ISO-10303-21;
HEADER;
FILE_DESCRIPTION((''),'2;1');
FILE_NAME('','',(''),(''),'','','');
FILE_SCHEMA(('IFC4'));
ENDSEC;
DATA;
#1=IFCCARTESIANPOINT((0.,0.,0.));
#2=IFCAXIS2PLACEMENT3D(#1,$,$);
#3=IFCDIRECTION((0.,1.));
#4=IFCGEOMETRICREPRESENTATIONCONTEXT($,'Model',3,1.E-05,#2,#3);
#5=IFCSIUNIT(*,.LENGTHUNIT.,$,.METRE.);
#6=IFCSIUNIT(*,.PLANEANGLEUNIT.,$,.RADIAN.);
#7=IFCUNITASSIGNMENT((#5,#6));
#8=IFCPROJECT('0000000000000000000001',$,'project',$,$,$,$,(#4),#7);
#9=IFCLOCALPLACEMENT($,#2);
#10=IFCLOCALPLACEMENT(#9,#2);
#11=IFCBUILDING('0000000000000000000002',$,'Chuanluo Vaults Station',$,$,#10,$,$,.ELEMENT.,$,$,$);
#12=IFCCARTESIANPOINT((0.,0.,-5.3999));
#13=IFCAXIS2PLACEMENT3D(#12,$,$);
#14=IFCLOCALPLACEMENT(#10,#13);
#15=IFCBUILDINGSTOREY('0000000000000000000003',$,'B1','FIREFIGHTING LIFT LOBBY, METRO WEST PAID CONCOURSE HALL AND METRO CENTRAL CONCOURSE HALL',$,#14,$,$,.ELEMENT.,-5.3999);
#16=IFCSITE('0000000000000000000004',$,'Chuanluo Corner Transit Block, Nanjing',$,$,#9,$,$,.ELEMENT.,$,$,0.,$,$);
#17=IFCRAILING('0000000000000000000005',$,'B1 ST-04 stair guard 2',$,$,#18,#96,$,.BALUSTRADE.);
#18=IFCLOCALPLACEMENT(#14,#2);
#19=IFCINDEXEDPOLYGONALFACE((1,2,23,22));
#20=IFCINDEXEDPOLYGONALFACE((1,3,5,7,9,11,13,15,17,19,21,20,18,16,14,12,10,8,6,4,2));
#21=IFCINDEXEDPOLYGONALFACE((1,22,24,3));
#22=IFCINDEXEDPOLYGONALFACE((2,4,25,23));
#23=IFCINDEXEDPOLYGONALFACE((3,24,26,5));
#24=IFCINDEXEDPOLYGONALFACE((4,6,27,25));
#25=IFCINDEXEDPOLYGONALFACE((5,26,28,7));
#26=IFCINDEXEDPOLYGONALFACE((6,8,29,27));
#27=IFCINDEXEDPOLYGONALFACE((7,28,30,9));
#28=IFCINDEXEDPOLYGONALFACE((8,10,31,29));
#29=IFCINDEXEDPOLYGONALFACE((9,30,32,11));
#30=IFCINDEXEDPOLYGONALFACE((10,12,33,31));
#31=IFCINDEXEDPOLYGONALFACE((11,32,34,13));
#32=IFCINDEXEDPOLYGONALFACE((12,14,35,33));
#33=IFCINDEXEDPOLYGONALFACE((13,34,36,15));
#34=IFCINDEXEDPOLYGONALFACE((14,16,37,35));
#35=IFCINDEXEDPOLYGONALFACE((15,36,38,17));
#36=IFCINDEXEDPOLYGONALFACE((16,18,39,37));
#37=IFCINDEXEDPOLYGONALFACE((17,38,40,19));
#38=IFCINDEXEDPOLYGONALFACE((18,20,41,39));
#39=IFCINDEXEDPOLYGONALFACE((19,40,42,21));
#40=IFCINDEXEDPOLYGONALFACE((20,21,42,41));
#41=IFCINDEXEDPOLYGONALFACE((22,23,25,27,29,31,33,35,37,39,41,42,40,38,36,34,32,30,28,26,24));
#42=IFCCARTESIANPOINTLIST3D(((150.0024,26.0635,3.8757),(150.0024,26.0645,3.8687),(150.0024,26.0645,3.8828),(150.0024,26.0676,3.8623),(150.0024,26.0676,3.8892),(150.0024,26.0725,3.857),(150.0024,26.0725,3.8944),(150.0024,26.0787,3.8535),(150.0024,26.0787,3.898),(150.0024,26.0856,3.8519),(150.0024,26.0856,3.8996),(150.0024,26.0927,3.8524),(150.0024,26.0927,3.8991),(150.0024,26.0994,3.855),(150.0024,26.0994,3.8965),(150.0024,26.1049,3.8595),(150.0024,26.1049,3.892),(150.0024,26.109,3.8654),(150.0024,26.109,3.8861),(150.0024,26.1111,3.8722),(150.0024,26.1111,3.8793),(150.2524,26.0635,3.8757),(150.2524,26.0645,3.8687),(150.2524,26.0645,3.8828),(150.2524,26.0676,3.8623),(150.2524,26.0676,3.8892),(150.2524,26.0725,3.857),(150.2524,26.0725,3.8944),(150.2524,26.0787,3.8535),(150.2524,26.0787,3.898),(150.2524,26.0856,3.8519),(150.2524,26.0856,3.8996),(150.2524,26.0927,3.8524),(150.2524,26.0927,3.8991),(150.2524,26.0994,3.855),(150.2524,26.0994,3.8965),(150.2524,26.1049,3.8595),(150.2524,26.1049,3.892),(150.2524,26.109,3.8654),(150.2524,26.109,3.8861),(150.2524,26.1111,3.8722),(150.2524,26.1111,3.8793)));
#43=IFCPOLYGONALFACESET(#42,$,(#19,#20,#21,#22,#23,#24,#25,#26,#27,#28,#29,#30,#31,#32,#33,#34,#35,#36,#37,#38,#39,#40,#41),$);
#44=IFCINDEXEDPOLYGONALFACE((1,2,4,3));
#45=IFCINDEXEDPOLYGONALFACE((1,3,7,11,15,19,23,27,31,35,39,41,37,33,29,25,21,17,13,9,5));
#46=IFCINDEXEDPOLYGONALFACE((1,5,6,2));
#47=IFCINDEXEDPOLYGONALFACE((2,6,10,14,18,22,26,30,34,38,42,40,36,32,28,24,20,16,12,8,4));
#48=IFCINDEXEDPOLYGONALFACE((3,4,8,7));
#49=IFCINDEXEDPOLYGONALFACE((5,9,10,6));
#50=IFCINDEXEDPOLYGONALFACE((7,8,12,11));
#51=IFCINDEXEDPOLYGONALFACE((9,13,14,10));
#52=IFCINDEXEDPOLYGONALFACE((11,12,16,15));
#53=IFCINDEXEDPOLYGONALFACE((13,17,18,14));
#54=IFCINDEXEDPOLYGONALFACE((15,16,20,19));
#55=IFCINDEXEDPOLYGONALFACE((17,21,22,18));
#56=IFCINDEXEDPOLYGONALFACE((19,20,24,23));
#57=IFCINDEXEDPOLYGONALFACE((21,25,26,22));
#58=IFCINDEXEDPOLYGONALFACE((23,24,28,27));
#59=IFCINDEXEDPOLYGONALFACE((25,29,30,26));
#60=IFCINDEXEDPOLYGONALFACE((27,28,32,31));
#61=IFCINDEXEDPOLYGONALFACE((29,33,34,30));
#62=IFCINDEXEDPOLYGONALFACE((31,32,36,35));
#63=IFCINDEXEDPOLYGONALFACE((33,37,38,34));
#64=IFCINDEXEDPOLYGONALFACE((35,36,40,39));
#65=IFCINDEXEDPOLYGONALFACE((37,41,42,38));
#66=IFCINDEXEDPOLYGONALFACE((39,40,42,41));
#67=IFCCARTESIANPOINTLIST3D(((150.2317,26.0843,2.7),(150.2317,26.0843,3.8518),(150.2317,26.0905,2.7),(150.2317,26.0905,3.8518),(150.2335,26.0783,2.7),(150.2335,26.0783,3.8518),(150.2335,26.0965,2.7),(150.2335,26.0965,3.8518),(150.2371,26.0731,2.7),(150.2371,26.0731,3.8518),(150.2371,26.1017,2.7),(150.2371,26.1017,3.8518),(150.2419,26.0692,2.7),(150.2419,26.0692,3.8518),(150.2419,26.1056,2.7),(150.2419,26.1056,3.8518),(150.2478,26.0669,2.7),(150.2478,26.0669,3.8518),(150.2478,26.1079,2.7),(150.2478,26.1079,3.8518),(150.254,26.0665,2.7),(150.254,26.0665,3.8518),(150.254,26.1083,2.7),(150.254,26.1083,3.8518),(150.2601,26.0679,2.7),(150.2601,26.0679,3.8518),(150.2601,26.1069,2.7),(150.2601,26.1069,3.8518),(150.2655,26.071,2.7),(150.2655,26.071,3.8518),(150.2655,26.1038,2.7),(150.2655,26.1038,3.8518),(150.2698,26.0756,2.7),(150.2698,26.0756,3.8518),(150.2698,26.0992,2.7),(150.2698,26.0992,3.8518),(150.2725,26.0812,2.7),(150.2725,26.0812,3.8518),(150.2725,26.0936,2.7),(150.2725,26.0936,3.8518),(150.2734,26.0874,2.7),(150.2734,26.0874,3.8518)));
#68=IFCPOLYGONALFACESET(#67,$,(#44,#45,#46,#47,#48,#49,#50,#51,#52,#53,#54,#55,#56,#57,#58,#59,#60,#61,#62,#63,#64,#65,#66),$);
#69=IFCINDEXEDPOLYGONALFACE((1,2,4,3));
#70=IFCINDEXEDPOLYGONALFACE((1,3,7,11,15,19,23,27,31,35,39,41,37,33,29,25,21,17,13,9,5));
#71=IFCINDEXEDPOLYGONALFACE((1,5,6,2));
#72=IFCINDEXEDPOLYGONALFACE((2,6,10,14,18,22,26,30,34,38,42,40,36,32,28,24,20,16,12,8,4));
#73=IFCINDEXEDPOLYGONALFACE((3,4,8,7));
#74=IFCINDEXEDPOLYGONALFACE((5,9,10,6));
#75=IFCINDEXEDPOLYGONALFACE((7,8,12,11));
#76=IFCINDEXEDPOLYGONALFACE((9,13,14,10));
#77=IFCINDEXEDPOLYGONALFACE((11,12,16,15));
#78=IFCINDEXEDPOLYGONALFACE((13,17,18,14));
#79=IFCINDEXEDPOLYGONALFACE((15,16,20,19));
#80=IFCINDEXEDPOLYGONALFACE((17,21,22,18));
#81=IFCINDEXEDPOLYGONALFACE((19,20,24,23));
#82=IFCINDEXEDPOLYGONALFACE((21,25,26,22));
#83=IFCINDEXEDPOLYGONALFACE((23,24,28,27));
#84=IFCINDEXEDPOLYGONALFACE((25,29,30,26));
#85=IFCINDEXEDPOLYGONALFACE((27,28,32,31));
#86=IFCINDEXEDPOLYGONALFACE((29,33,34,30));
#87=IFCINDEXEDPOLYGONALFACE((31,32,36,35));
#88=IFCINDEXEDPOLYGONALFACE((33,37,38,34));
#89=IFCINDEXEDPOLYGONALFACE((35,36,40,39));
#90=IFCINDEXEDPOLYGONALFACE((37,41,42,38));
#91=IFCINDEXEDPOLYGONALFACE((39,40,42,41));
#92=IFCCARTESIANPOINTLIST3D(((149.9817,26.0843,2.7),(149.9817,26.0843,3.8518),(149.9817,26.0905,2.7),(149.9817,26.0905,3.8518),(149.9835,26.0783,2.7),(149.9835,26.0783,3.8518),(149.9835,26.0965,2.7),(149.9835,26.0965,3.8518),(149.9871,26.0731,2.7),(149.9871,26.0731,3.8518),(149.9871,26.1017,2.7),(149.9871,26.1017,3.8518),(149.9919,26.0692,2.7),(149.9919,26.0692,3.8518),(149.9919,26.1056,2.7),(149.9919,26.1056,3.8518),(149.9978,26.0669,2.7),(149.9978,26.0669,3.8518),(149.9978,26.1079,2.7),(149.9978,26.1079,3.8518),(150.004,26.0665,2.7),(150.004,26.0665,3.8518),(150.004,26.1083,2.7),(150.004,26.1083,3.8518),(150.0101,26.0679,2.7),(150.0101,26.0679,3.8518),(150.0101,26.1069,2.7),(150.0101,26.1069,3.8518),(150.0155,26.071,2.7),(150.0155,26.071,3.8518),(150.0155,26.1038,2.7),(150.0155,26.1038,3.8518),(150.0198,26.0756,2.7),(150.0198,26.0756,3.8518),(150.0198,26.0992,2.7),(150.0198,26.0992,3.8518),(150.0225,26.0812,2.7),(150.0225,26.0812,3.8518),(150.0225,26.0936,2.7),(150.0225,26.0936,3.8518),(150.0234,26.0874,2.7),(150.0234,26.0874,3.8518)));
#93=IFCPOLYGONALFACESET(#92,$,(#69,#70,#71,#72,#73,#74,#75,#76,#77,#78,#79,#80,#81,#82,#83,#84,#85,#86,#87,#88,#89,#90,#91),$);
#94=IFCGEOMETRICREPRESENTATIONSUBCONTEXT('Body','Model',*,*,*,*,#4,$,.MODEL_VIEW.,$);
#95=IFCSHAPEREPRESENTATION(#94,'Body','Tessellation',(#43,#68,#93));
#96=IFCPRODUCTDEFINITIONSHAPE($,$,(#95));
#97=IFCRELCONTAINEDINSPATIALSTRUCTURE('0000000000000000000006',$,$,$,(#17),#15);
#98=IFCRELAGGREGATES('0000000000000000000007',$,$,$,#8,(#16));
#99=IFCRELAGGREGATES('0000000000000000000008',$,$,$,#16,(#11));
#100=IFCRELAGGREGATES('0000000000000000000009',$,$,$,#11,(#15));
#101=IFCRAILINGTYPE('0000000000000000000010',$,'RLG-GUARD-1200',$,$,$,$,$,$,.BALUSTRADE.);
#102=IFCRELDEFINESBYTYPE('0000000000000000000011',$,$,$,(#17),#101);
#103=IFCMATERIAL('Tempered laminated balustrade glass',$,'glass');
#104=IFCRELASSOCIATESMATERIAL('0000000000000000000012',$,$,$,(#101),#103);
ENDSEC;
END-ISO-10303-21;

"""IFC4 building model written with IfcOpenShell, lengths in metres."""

from ifc_helpers import new_model, si_unit, direction, frame, origin, origin_2d, place, context, subcontext, project, spatial, circle, extrude, material, type_object, element, save


model = new_model("IFC4")

# Units and contexts
model_context = context("Model", 3, precision=1e-05, world=origin(), true_north=direction((0.0, 1.0)))
body_context = subcontext(model_context, "Body", "Model", "MODEL_VIEW")
ifc_project = project(units=[si_unit("LENGTHUNIT", "METRE"), si_unit("PLANEANGLEUNIT", "RADIAN")], contexts=[model_context])

# Site, building, storey
site_placement = place(None, origin())
site = spatial("IfcSite", under=ifc_project, at=site_placement, Name="Chuanluo Corner Transit Block, Nanjing", CompositionType="ELEMENT", RefElevation=0.0)
building_placement = place(site_placement, origin())
building = spatial("IfcBuilding", under=site, at=building_placement, Name="Chuanluo Vaults Station", CompositionType="ELEMENT")
storey_placement = place(building_placement, frame((0.0, 0.0, -5.3999)))
storey = spatial("IfcBuildingStorey", under=building, at=storey_placement, Name="B1", Description="FIREFIGHTING LIFT LOBBY, METRO WEST PAID CONCOURSE HALL AND METRO CENTRAL CONCOURSE HALL", CompositionType="ELEMENT", Elevation=-5.3999)

# Railing
ifc_material_1 = material(Name="Tempered laminated balustrade glass", Category="glass")
railing_type_1 = type_object("IfcRailingType", Name="RLG-GUARD-1200", PredefinedType="BALUSTRADE", material=ifc_material_1)
railing_1_placement = place(storey_placement, frame((150.2524, 26.0874, 2.7)))
element("IfcRailing", 1, at=railing_1_placement, inside=storey, type_object=railing_type_1, Name="B1 ST-04 stair guard 2", PredefinedType="BALUSTRADE", context=body_context, shape_type="SweptSolid", body=[
    extrude(circle(Radius=0.0239, at=origin_2d()), frame((0.0, 0.0, 1.1758), z_axis=(-1.0, 0.0, 0.0), x_axis=(0.0, -1.0, 0.0)), (0.0, 0.0, 1.0), 0.25),
    extrude(circle(Radius=0.021, at=origin_2d()), origin(), (0.0, 0.0, 1.0), 1.1519),
    extrude(circle(Radius=0.021, at=origin_2d()), frame((-0.25, 0.0, 0.0)), (0.0, 0.0, 1.0), 1.1519),
])

save(model, "model.ifc")
